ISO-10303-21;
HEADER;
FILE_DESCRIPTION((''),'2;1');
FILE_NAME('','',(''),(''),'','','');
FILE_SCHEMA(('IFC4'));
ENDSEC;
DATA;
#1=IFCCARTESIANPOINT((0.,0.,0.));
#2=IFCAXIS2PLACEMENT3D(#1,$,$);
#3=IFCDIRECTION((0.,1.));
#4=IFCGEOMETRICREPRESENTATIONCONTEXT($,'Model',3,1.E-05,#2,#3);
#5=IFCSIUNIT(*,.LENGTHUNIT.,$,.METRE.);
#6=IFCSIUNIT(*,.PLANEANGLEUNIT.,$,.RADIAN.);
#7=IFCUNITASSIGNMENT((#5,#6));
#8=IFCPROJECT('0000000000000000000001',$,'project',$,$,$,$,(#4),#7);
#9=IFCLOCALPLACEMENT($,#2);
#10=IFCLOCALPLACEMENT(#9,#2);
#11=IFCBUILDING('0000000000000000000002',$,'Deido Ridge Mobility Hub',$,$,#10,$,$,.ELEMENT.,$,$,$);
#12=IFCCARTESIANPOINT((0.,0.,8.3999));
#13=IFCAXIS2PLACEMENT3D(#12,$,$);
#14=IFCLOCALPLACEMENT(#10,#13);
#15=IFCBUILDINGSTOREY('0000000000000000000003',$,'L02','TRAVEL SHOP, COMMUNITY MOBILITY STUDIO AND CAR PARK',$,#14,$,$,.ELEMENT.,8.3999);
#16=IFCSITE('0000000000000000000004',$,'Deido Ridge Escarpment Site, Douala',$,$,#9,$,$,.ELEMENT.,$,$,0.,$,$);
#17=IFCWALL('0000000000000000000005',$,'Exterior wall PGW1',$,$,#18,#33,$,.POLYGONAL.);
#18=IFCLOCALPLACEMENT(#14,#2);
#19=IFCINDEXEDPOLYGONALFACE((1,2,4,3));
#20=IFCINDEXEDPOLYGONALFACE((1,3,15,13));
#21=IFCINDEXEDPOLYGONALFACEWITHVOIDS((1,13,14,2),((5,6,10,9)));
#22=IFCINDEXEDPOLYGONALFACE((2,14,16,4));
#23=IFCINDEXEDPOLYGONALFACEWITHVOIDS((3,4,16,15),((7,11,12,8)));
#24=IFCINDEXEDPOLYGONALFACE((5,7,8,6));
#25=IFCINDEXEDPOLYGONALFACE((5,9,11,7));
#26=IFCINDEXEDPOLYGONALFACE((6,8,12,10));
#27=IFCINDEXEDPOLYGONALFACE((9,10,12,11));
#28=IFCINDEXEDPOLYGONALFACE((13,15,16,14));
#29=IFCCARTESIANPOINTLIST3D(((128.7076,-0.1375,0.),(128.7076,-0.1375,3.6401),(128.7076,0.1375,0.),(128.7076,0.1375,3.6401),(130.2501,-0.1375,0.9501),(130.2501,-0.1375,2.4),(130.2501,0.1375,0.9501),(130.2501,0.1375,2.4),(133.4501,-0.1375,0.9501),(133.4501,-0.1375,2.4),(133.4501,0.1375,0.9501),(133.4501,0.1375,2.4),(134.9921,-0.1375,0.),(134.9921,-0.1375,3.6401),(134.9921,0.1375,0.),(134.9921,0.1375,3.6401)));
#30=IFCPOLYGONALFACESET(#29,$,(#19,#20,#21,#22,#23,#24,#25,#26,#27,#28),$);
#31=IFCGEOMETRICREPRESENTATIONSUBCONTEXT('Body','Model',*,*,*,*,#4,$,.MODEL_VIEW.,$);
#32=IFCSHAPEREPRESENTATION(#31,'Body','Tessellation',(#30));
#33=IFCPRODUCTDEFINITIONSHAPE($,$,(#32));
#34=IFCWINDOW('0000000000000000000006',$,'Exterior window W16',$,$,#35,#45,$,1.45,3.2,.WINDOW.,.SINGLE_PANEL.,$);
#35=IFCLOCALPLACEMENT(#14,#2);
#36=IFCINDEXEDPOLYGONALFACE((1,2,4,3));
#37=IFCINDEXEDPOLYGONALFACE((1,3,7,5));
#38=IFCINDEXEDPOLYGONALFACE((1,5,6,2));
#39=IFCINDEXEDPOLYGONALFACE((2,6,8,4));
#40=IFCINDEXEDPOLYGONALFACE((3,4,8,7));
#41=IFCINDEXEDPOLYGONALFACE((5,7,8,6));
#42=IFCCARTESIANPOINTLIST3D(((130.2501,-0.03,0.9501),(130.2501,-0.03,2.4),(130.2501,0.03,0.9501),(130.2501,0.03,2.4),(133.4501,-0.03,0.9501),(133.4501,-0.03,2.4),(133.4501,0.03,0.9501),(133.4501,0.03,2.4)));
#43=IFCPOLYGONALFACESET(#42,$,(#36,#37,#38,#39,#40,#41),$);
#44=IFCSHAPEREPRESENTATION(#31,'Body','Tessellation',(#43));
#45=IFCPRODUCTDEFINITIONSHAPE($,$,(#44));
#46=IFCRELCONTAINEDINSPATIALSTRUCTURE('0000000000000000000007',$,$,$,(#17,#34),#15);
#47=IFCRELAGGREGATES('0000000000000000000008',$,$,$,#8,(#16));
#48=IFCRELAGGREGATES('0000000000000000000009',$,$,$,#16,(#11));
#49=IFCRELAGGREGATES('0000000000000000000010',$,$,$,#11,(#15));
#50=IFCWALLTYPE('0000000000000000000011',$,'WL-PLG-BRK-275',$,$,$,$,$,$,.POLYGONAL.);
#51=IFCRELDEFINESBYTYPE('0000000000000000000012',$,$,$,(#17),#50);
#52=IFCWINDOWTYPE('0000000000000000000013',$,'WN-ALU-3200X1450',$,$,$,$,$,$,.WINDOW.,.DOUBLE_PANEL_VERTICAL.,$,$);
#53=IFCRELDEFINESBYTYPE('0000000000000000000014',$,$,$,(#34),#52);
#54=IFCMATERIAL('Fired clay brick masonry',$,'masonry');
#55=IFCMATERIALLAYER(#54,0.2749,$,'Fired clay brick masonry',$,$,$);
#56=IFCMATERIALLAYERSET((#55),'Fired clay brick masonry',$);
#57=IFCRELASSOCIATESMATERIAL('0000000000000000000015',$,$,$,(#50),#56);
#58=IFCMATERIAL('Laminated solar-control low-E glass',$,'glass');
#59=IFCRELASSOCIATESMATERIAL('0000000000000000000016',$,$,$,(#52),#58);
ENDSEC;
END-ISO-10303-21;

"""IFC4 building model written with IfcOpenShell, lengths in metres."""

from ifc_helpers import new_model, si_unit, direction, frame, frame_2d, origin, place, context, subcontext, project, spatial, rectangle, extrude, material, layer, layer_set, type_object, element, fill, save


model = new_model("IFC4")

# Units and contexts
model_context = context("Model", 3, precision=1e-05, world=origin(), true_north=direction((0.0, 1.0)))
body_context = subcontext(model_context, "Body", "Model", "MODEL_VIEW")
ifc_project = project(units=[si_unit("LENGTHUNIT", "METRE"), si_unit("PLANEANGLEUNIT", "RADIAN")], contexts=[model_context])

# Site, building, storey
site_placement = place(None, origin())
site = spatial("IfcSite", under=ifc_project, at=site_placement, Name="Deido Ridge Escarpment Site, Douala", CompositionType="ELEMENT", RefElevation=0.0)
building_placement = place(site_placement, origin())
building = spatial("IfcBuilding", under=site, at=building_placement, Name="Deido Ridge Mobility Hub", CompositionType="ELEMENT")
storey_placement = place(building_placement, frame((0.0, 0.0, 8.3999)))
storey = spatial("IfcBuildingStorey", under=building, at=storey_placement, Name="L02", Description="TRAVEL SHOP, COMMUNITY MOBILITY STUDIO AND CAR PARK", CompositionType="ELEMENT", Elevation=8.3999)

# Shared definitions
ifc_material_1 = material(Name="Fired clay brick masonry", Category="masonry")
ifc_material_2 = material(Name="Laminated solar-control low-E glass", Category="glass")

# Wall, opening, window
ifc_layer_1 = layer(ifc_material_1, 0.2749, Name="Fired clay brick masonry")
ifc_layer_set_1 = layer_set([ifc_layer_1], Name="Fired clay brick masonry")
wall_type_1 = type_object("IfcWallType", Name="WL-PLG-BRK-275", PredefinedType="POLYGONAL", material=ifc_layer_set_1)
wall_1_placement = place(storey_placement, frame((128.7078, 0.0, 0.0), z_axis=(0.0, 0.0, 1.0), x_axis=(1.0, 0.0, 0.0)))
wall_1 = element("IfcWall", 1, at=wall_1_placement, inside=storey, type_object=wall_type_1, Name="Exterior wall PGW1", PredefinedType="POLYGONAL", context=body_context, shape_type="SweptSolid", body=[
    extrude(rectangle(XDim=6.2844, YDim=0.2749, at=frame_2d((3.1421, 0.0))), origin(), (0.0, 0.0, 1.0), 3.6401),
])
opening_1_placement = place(wall_1_placement, frame((1.5422, 0.0, 0.95)))
opening_1 = element("IfcOpeningElement", 2, at=opening_1_placement, cuts=wall_1, PredefinedType="OPENING", context=body_context, shape_type="SweptSolid", body=[
    extrude(rectangle(XDim=3.2, YDim=1.45, at=frame_2d((1.6001, 0.7251))), frame((0.0, 0.1475, 0.0), z_axis=(0.0, -1.0, 0.0), x_axis=(1.0, 0.0, 0.0)), (0.0, 0.0, 1.0), 0.2949),
])
window_type_1 = type_object("IfcWindowType", Name="WN-ALU-3200X1450", PartitioningType="DOUBLE_PANEL_VERTICAL", PredefinedType="WINDOW", material=ifc_material_2)
window_1_placement = place(opening_1_placement, origin())
window_1 = element("IfcWindow", 3, at=window_1_placement, inside=storey, type_object=window_type_1, Name="Exterior window W16", OverallHeight=1.45, OverallWidth=3.2, PartitioningType="SINGLE_PANEL", PredefinedType="WINDOW", context=body_context, shape_type="SweptSolid", body=[
    extrude(rectangle(XDim=3.2, YDim=1.45, at=frame_2d((1.6001, 0.7251))), frame((0.0, 0.03, 0.0), z_axis=(0.0, -1.0, 0.0), x_axis=(1.0, 0.0, 0.0)), (0.0, 0.0, 1.0), 0.0601),
])
fill(opening_1, window_1)

save(model, "model.ifc")
